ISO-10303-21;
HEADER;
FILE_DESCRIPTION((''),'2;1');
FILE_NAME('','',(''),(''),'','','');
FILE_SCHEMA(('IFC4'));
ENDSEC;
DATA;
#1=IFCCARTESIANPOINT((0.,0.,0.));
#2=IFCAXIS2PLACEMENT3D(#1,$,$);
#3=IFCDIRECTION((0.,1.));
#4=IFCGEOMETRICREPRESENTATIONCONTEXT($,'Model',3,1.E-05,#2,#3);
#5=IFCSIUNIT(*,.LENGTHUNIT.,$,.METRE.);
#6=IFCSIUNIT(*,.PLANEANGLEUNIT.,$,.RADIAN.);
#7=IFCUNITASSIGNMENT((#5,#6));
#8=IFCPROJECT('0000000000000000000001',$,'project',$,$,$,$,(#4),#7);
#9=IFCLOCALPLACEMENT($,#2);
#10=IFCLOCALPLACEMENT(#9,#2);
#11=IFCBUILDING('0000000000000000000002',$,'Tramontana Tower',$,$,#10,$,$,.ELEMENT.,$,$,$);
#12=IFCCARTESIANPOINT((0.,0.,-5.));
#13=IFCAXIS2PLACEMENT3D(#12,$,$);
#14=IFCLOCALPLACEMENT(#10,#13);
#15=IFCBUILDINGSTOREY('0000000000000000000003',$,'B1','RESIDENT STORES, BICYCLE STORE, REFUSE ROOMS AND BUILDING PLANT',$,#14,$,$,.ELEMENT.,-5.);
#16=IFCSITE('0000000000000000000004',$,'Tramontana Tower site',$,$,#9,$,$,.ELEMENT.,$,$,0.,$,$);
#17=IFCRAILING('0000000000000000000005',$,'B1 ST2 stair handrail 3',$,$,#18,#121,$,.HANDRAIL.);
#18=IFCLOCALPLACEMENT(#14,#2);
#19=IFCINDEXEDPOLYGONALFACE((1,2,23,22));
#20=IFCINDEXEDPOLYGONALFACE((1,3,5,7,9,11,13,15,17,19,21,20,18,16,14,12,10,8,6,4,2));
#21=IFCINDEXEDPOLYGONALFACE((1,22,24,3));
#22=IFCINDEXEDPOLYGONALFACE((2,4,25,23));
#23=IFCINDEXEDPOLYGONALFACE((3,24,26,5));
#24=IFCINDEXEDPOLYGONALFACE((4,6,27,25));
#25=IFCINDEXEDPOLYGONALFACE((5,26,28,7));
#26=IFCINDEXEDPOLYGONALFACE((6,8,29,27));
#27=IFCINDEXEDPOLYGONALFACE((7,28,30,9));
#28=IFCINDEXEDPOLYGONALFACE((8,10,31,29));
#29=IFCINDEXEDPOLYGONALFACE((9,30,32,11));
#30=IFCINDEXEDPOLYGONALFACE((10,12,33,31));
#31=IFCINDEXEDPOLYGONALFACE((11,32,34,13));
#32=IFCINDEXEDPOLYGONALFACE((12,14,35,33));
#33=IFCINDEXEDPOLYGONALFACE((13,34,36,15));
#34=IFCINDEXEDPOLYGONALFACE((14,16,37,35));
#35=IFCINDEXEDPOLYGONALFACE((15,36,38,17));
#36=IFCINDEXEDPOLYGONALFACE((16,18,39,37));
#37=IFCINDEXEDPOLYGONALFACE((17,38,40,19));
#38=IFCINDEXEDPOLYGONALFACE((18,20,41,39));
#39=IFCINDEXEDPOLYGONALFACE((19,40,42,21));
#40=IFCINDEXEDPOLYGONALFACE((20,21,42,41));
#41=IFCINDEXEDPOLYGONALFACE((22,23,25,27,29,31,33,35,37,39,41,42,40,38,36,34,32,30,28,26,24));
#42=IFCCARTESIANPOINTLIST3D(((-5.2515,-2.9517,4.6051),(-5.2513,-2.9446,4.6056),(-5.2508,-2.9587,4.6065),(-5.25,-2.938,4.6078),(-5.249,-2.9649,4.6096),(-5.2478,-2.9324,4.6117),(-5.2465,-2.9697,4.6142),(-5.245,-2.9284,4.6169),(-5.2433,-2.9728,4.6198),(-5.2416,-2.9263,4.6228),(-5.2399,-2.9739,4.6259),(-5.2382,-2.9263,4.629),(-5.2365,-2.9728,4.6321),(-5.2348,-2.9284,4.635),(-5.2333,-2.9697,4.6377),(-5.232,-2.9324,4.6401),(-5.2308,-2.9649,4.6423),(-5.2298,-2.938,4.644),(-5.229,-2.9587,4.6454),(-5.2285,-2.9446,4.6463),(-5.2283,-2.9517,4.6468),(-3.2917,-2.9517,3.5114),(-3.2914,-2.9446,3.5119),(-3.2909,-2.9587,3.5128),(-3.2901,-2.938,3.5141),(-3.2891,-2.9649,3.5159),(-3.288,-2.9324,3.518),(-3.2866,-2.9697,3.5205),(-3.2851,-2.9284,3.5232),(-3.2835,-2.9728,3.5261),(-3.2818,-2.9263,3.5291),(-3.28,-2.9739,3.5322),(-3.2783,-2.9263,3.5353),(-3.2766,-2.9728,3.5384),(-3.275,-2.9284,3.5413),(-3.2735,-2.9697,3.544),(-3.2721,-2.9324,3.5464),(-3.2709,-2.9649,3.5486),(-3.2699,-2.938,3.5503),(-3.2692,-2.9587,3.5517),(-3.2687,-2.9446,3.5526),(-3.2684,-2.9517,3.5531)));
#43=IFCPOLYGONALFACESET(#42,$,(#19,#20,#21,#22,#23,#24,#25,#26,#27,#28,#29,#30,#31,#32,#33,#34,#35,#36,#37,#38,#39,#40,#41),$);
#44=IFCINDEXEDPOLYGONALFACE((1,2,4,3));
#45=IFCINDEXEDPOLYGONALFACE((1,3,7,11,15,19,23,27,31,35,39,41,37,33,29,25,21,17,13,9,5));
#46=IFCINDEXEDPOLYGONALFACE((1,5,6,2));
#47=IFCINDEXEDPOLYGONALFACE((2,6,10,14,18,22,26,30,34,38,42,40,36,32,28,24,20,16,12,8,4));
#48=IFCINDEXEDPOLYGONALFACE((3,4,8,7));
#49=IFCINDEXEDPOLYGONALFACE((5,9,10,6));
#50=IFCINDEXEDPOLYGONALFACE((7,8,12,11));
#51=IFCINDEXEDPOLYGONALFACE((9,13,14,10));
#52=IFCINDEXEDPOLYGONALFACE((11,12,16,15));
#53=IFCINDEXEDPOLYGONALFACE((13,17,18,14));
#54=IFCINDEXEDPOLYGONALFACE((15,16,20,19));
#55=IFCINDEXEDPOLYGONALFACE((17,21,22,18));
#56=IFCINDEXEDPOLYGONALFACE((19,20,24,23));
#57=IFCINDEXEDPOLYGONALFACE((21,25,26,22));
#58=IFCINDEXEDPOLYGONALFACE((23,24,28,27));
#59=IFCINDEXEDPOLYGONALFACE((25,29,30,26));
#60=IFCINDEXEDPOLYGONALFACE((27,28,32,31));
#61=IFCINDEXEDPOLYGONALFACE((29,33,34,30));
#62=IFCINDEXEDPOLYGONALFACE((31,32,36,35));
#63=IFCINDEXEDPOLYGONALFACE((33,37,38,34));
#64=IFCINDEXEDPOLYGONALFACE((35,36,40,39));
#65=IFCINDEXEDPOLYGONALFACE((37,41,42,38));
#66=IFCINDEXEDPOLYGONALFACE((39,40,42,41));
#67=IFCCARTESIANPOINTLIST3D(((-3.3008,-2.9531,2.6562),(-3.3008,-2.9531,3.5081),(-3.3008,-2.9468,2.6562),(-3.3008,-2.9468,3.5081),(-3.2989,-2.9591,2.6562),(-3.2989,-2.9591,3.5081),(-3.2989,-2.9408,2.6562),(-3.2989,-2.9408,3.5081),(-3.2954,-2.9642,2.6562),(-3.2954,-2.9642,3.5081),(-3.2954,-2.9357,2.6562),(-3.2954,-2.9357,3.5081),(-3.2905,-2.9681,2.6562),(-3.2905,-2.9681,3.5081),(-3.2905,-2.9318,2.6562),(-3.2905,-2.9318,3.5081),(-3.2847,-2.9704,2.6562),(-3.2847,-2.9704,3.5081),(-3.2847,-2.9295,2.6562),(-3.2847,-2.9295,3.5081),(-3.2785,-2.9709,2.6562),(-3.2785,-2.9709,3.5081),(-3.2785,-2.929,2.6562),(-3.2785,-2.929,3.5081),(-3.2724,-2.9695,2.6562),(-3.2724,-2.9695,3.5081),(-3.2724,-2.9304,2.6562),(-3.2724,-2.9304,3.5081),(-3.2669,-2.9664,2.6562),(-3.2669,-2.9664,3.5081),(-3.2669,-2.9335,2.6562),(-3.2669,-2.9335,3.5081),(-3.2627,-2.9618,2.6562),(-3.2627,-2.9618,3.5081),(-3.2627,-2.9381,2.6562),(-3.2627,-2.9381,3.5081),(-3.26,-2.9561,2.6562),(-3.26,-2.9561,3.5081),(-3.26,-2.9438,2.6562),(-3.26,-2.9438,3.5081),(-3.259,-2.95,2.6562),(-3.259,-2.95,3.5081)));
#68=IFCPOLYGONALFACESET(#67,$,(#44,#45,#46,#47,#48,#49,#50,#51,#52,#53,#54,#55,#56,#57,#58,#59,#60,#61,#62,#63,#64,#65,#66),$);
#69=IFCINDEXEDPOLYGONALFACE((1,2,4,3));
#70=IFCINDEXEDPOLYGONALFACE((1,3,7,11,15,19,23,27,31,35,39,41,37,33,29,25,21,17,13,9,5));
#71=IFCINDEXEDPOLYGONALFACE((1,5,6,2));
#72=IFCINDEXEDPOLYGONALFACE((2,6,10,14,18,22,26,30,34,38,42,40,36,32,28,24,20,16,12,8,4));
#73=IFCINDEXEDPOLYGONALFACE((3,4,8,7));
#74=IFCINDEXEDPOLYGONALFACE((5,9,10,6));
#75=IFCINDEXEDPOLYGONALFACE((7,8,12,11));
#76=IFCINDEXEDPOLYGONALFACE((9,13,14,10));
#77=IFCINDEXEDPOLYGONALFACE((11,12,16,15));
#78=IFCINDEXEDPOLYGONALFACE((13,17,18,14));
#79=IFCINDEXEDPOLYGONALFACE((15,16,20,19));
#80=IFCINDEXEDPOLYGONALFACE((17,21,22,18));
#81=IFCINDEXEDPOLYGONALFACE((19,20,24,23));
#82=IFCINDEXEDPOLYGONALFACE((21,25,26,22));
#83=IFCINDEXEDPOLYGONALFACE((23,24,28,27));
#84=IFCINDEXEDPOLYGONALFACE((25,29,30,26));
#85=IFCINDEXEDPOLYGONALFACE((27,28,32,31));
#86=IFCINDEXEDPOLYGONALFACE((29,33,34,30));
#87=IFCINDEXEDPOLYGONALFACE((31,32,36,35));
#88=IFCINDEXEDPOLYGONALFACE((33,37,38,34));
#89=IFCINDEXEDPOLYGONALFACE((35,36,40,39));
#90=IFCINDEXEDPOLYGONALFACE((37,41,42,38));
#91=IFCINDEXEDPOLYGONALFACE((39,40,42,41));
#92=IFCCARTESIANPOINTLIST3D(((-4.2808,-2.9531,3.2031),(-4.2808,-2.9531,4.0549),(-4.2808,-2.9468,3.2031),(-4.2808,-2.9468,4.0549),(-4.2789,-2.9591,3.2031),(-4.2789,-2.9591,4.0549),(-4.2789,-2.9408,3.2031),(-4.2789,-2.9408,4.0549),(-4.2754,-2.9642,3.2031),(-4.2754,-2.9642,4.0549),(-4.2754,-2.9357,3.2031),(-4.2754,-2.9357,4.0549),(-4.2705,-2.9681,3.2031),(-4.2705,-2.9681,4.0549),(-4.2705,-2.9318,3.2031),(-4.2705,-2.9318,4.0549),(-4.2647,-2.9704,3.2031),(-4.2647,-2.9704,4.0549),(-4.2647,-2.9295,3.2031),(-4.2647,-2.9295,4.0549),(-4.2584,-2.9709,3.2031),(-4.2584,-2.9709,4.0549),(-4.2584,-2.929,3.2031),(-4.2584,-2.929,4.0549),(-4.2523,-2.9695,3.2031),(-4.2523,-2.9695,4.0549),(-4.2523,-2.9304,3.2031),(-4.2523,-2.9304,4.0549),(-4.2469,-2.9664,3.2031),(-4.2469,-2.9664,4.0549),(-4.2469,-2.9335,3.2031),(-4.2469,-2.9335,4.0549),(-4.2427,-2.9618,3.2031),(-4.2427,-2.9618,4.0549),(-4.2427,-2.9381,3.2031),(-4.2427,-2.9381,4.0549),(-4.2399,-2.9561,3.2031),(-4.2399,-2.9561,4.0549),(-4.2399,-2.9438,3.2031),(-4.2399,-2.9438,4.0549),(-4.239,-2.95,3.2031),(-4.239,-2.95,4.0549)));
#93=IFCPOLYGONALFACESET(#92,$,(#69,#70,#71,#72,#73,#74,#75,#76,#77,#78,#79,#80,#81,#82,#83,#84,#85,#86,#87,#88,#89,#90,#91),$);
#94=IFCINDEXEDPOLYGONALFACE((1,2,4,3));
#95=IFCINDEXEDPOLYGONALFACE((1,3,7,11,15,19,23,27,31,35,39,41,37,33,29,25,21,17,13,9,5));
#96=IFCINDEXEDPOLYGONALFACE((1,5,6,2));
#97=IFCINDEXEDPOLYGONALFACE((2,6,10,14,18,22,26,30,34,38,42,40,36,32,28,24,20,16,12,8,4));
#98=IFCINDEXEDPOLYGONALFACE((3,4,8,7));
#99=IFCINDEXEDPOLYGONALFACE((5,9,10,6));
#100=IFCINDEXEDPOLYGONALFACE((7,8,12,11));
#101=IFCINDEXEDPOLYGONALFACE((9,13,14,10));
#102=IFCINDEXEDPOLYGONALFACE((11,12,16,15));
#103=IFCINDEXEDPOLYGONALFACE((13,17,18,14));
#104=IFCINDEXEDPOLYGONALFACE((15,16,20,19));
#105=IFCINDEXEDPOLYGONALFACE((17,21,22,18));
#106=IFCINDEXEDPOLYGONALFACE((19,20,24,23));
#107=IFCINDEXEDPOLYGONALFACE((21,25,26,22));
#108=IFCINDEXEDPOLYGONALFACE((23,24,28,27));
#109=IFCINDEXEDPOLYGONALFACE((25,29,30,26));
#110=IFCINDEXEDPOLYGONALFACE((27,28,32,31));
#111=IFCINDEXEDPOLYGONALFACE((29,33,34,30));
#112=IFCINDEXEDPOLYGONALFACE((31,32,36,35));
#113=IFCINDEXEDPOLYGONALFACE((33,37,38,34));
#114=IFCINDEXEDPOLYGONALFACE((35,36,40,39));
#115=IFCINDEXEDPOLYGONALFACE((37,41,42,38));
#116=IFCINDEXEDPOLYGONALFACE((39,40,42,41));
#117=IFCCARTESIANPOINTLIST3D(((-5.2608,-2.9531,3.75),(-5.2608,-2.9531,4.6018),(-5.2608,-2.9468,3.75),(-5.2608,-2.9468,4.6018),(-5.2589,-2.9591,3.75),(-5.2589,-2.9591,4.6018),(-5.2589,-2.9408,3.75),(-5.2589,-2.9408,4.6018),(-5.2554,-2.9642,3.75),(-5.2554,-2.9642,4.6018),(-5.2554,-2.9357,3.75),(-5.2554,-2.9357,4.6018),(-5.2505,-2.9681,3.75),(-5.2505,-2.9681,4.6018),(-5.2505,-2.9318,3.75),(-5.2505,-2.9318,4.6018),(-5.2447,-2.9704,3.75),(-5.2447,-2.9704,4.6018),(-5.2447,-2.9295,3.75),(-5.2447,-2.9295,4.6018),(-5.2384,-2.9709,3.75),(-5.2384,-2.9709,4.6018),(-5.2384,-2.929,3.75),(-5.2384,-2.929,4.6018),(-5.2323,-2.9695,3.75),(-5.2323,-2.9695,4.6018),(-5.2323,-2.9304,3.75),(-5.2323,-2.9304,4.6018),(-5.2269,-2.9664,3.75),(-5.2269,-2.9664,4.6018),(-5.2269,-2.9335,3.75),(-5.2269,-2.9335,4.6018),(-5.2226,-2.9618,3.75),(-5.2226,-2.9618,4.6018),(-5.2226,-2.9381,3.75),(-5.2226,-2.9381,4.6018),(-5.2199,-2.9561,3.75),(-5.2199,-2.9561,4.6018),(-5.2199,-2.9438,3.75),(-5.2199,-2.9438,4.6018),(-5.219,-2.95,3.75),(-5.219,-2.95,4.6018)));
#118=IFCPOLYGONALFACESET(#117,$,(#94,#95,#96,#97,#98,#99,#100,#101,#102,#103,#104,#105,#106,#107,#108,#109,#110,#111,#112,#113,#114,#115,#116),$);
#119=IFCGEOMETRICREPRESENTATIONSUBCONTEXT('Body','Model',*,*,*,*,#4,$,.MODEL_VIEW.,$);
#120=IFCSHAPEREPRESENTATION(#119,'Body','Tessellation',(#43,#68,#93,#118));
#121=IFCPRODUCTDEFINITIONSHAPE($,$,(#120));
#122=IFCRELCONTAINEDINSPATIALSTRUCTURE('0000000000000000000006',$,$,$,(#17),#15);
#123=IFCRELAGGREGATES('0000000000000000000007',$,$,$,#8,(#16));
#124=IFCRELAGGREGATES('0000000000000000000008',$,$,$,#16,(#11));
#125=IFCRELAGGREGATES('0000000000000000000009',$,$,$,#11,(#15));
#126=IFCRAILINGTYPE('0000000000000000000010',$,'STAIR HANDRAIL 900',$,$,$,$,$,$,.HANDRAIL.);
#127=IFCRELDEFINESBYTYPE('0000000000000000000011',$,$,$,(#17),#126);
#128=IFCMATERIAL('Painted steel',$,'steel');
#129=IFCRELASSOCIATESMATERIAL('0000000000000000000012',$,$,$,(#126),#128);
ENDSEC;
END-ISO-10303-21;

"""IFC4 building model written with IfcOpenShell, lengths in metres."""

from ifc_helpers import new_model, si_unit, direction, frame, origin, origin_2d, place, context, subcontext, project, spatial, circle, extrude, material, type_object, element, save


model = new_model("IFC4")

# Units and contexts
model_context = context("Model", 3, precision=1e-05, world=origin(), true_north=direction((0.0, 1.0)))
body_context = subcontext(model_context, "Body", "Model", "MODEL_VIEW")
ifc_project = project(units=[si_unit("LENGTHUNIT", "METRE"), si_unit("PLANEANGLEUNIT", "RADIAN")], contexts=[model_context])

# Site, building, storey
site_placement = place(None, origin())
site = spatial("IfcSite", under=ifc_project, at=site_placement, Name="Tramontana Tower site", CompositionType="ELEMENT", RefElevation=0.0)
building_placement = place(site_placement, origin())
building = spatial("IfcBuilding", under=site, at=building_placement, Name="Tramontana Tower", CompositionType="ELEMENT")
storey_placement = place(building_placement, frame((0.0, 0.0, -5.0)))
storey = spatial("IfcBuildingStorey", under=building, at=storey_placement, Name="B1", Description="RESIDENT STORES, BICYCLE STORE, REFUSE ROOMS AND BUILDING PLANT", CompositionType="ELEMENT", Elevation=-5.0)

# Railing
ifc_material_1 = material(Name="Painted steel", Category="steel")
railing_type_1 = type_object("IfcRailingType", Name="STAIR HANDRAIL 900", PredefinedType="HANDRAIL", material=ifc_material_1)
railing_1_placement = place(storey_placement, frame((-3.28, -2.95, 2.6562)))
element("IfcRailing", 1, at=railing_1_placement, inside=storey, type_object=railing_type_1, Name="B1 ST2 stair handrail 3", PredefinedType="HANDRAIL", context=body_context, shape_type="SweptSolid", body=[
    extrude(circle(Radius=0.0239, at=origin_2d()), frame((0.0, 0.0, 0.876), z_axis=(-0.873232, 0.0, 0.487304), x_axis=(0.0, -1.0, 0.0)), (0.0, 0.0, 1.0), 2.2444),
    extrude(circle(Radius=0.021, at=origin_2d()), origin(), (0.0, 0.0, 1.0), 0.8518),
    extrude(circle(Radius=0.021, at=origin_2d()), frame((-0.98, 0.0, 0.5469)), (0.0, 0.0, 1.0), 0.8518),
    extrude(circle(Radius=0.021, at=origin_2d()), frame((-1.96, 0.0, 1.0938)), (0.0, 0.0, 1.0), 0.8518),
])

save(model, "model.ifc")
